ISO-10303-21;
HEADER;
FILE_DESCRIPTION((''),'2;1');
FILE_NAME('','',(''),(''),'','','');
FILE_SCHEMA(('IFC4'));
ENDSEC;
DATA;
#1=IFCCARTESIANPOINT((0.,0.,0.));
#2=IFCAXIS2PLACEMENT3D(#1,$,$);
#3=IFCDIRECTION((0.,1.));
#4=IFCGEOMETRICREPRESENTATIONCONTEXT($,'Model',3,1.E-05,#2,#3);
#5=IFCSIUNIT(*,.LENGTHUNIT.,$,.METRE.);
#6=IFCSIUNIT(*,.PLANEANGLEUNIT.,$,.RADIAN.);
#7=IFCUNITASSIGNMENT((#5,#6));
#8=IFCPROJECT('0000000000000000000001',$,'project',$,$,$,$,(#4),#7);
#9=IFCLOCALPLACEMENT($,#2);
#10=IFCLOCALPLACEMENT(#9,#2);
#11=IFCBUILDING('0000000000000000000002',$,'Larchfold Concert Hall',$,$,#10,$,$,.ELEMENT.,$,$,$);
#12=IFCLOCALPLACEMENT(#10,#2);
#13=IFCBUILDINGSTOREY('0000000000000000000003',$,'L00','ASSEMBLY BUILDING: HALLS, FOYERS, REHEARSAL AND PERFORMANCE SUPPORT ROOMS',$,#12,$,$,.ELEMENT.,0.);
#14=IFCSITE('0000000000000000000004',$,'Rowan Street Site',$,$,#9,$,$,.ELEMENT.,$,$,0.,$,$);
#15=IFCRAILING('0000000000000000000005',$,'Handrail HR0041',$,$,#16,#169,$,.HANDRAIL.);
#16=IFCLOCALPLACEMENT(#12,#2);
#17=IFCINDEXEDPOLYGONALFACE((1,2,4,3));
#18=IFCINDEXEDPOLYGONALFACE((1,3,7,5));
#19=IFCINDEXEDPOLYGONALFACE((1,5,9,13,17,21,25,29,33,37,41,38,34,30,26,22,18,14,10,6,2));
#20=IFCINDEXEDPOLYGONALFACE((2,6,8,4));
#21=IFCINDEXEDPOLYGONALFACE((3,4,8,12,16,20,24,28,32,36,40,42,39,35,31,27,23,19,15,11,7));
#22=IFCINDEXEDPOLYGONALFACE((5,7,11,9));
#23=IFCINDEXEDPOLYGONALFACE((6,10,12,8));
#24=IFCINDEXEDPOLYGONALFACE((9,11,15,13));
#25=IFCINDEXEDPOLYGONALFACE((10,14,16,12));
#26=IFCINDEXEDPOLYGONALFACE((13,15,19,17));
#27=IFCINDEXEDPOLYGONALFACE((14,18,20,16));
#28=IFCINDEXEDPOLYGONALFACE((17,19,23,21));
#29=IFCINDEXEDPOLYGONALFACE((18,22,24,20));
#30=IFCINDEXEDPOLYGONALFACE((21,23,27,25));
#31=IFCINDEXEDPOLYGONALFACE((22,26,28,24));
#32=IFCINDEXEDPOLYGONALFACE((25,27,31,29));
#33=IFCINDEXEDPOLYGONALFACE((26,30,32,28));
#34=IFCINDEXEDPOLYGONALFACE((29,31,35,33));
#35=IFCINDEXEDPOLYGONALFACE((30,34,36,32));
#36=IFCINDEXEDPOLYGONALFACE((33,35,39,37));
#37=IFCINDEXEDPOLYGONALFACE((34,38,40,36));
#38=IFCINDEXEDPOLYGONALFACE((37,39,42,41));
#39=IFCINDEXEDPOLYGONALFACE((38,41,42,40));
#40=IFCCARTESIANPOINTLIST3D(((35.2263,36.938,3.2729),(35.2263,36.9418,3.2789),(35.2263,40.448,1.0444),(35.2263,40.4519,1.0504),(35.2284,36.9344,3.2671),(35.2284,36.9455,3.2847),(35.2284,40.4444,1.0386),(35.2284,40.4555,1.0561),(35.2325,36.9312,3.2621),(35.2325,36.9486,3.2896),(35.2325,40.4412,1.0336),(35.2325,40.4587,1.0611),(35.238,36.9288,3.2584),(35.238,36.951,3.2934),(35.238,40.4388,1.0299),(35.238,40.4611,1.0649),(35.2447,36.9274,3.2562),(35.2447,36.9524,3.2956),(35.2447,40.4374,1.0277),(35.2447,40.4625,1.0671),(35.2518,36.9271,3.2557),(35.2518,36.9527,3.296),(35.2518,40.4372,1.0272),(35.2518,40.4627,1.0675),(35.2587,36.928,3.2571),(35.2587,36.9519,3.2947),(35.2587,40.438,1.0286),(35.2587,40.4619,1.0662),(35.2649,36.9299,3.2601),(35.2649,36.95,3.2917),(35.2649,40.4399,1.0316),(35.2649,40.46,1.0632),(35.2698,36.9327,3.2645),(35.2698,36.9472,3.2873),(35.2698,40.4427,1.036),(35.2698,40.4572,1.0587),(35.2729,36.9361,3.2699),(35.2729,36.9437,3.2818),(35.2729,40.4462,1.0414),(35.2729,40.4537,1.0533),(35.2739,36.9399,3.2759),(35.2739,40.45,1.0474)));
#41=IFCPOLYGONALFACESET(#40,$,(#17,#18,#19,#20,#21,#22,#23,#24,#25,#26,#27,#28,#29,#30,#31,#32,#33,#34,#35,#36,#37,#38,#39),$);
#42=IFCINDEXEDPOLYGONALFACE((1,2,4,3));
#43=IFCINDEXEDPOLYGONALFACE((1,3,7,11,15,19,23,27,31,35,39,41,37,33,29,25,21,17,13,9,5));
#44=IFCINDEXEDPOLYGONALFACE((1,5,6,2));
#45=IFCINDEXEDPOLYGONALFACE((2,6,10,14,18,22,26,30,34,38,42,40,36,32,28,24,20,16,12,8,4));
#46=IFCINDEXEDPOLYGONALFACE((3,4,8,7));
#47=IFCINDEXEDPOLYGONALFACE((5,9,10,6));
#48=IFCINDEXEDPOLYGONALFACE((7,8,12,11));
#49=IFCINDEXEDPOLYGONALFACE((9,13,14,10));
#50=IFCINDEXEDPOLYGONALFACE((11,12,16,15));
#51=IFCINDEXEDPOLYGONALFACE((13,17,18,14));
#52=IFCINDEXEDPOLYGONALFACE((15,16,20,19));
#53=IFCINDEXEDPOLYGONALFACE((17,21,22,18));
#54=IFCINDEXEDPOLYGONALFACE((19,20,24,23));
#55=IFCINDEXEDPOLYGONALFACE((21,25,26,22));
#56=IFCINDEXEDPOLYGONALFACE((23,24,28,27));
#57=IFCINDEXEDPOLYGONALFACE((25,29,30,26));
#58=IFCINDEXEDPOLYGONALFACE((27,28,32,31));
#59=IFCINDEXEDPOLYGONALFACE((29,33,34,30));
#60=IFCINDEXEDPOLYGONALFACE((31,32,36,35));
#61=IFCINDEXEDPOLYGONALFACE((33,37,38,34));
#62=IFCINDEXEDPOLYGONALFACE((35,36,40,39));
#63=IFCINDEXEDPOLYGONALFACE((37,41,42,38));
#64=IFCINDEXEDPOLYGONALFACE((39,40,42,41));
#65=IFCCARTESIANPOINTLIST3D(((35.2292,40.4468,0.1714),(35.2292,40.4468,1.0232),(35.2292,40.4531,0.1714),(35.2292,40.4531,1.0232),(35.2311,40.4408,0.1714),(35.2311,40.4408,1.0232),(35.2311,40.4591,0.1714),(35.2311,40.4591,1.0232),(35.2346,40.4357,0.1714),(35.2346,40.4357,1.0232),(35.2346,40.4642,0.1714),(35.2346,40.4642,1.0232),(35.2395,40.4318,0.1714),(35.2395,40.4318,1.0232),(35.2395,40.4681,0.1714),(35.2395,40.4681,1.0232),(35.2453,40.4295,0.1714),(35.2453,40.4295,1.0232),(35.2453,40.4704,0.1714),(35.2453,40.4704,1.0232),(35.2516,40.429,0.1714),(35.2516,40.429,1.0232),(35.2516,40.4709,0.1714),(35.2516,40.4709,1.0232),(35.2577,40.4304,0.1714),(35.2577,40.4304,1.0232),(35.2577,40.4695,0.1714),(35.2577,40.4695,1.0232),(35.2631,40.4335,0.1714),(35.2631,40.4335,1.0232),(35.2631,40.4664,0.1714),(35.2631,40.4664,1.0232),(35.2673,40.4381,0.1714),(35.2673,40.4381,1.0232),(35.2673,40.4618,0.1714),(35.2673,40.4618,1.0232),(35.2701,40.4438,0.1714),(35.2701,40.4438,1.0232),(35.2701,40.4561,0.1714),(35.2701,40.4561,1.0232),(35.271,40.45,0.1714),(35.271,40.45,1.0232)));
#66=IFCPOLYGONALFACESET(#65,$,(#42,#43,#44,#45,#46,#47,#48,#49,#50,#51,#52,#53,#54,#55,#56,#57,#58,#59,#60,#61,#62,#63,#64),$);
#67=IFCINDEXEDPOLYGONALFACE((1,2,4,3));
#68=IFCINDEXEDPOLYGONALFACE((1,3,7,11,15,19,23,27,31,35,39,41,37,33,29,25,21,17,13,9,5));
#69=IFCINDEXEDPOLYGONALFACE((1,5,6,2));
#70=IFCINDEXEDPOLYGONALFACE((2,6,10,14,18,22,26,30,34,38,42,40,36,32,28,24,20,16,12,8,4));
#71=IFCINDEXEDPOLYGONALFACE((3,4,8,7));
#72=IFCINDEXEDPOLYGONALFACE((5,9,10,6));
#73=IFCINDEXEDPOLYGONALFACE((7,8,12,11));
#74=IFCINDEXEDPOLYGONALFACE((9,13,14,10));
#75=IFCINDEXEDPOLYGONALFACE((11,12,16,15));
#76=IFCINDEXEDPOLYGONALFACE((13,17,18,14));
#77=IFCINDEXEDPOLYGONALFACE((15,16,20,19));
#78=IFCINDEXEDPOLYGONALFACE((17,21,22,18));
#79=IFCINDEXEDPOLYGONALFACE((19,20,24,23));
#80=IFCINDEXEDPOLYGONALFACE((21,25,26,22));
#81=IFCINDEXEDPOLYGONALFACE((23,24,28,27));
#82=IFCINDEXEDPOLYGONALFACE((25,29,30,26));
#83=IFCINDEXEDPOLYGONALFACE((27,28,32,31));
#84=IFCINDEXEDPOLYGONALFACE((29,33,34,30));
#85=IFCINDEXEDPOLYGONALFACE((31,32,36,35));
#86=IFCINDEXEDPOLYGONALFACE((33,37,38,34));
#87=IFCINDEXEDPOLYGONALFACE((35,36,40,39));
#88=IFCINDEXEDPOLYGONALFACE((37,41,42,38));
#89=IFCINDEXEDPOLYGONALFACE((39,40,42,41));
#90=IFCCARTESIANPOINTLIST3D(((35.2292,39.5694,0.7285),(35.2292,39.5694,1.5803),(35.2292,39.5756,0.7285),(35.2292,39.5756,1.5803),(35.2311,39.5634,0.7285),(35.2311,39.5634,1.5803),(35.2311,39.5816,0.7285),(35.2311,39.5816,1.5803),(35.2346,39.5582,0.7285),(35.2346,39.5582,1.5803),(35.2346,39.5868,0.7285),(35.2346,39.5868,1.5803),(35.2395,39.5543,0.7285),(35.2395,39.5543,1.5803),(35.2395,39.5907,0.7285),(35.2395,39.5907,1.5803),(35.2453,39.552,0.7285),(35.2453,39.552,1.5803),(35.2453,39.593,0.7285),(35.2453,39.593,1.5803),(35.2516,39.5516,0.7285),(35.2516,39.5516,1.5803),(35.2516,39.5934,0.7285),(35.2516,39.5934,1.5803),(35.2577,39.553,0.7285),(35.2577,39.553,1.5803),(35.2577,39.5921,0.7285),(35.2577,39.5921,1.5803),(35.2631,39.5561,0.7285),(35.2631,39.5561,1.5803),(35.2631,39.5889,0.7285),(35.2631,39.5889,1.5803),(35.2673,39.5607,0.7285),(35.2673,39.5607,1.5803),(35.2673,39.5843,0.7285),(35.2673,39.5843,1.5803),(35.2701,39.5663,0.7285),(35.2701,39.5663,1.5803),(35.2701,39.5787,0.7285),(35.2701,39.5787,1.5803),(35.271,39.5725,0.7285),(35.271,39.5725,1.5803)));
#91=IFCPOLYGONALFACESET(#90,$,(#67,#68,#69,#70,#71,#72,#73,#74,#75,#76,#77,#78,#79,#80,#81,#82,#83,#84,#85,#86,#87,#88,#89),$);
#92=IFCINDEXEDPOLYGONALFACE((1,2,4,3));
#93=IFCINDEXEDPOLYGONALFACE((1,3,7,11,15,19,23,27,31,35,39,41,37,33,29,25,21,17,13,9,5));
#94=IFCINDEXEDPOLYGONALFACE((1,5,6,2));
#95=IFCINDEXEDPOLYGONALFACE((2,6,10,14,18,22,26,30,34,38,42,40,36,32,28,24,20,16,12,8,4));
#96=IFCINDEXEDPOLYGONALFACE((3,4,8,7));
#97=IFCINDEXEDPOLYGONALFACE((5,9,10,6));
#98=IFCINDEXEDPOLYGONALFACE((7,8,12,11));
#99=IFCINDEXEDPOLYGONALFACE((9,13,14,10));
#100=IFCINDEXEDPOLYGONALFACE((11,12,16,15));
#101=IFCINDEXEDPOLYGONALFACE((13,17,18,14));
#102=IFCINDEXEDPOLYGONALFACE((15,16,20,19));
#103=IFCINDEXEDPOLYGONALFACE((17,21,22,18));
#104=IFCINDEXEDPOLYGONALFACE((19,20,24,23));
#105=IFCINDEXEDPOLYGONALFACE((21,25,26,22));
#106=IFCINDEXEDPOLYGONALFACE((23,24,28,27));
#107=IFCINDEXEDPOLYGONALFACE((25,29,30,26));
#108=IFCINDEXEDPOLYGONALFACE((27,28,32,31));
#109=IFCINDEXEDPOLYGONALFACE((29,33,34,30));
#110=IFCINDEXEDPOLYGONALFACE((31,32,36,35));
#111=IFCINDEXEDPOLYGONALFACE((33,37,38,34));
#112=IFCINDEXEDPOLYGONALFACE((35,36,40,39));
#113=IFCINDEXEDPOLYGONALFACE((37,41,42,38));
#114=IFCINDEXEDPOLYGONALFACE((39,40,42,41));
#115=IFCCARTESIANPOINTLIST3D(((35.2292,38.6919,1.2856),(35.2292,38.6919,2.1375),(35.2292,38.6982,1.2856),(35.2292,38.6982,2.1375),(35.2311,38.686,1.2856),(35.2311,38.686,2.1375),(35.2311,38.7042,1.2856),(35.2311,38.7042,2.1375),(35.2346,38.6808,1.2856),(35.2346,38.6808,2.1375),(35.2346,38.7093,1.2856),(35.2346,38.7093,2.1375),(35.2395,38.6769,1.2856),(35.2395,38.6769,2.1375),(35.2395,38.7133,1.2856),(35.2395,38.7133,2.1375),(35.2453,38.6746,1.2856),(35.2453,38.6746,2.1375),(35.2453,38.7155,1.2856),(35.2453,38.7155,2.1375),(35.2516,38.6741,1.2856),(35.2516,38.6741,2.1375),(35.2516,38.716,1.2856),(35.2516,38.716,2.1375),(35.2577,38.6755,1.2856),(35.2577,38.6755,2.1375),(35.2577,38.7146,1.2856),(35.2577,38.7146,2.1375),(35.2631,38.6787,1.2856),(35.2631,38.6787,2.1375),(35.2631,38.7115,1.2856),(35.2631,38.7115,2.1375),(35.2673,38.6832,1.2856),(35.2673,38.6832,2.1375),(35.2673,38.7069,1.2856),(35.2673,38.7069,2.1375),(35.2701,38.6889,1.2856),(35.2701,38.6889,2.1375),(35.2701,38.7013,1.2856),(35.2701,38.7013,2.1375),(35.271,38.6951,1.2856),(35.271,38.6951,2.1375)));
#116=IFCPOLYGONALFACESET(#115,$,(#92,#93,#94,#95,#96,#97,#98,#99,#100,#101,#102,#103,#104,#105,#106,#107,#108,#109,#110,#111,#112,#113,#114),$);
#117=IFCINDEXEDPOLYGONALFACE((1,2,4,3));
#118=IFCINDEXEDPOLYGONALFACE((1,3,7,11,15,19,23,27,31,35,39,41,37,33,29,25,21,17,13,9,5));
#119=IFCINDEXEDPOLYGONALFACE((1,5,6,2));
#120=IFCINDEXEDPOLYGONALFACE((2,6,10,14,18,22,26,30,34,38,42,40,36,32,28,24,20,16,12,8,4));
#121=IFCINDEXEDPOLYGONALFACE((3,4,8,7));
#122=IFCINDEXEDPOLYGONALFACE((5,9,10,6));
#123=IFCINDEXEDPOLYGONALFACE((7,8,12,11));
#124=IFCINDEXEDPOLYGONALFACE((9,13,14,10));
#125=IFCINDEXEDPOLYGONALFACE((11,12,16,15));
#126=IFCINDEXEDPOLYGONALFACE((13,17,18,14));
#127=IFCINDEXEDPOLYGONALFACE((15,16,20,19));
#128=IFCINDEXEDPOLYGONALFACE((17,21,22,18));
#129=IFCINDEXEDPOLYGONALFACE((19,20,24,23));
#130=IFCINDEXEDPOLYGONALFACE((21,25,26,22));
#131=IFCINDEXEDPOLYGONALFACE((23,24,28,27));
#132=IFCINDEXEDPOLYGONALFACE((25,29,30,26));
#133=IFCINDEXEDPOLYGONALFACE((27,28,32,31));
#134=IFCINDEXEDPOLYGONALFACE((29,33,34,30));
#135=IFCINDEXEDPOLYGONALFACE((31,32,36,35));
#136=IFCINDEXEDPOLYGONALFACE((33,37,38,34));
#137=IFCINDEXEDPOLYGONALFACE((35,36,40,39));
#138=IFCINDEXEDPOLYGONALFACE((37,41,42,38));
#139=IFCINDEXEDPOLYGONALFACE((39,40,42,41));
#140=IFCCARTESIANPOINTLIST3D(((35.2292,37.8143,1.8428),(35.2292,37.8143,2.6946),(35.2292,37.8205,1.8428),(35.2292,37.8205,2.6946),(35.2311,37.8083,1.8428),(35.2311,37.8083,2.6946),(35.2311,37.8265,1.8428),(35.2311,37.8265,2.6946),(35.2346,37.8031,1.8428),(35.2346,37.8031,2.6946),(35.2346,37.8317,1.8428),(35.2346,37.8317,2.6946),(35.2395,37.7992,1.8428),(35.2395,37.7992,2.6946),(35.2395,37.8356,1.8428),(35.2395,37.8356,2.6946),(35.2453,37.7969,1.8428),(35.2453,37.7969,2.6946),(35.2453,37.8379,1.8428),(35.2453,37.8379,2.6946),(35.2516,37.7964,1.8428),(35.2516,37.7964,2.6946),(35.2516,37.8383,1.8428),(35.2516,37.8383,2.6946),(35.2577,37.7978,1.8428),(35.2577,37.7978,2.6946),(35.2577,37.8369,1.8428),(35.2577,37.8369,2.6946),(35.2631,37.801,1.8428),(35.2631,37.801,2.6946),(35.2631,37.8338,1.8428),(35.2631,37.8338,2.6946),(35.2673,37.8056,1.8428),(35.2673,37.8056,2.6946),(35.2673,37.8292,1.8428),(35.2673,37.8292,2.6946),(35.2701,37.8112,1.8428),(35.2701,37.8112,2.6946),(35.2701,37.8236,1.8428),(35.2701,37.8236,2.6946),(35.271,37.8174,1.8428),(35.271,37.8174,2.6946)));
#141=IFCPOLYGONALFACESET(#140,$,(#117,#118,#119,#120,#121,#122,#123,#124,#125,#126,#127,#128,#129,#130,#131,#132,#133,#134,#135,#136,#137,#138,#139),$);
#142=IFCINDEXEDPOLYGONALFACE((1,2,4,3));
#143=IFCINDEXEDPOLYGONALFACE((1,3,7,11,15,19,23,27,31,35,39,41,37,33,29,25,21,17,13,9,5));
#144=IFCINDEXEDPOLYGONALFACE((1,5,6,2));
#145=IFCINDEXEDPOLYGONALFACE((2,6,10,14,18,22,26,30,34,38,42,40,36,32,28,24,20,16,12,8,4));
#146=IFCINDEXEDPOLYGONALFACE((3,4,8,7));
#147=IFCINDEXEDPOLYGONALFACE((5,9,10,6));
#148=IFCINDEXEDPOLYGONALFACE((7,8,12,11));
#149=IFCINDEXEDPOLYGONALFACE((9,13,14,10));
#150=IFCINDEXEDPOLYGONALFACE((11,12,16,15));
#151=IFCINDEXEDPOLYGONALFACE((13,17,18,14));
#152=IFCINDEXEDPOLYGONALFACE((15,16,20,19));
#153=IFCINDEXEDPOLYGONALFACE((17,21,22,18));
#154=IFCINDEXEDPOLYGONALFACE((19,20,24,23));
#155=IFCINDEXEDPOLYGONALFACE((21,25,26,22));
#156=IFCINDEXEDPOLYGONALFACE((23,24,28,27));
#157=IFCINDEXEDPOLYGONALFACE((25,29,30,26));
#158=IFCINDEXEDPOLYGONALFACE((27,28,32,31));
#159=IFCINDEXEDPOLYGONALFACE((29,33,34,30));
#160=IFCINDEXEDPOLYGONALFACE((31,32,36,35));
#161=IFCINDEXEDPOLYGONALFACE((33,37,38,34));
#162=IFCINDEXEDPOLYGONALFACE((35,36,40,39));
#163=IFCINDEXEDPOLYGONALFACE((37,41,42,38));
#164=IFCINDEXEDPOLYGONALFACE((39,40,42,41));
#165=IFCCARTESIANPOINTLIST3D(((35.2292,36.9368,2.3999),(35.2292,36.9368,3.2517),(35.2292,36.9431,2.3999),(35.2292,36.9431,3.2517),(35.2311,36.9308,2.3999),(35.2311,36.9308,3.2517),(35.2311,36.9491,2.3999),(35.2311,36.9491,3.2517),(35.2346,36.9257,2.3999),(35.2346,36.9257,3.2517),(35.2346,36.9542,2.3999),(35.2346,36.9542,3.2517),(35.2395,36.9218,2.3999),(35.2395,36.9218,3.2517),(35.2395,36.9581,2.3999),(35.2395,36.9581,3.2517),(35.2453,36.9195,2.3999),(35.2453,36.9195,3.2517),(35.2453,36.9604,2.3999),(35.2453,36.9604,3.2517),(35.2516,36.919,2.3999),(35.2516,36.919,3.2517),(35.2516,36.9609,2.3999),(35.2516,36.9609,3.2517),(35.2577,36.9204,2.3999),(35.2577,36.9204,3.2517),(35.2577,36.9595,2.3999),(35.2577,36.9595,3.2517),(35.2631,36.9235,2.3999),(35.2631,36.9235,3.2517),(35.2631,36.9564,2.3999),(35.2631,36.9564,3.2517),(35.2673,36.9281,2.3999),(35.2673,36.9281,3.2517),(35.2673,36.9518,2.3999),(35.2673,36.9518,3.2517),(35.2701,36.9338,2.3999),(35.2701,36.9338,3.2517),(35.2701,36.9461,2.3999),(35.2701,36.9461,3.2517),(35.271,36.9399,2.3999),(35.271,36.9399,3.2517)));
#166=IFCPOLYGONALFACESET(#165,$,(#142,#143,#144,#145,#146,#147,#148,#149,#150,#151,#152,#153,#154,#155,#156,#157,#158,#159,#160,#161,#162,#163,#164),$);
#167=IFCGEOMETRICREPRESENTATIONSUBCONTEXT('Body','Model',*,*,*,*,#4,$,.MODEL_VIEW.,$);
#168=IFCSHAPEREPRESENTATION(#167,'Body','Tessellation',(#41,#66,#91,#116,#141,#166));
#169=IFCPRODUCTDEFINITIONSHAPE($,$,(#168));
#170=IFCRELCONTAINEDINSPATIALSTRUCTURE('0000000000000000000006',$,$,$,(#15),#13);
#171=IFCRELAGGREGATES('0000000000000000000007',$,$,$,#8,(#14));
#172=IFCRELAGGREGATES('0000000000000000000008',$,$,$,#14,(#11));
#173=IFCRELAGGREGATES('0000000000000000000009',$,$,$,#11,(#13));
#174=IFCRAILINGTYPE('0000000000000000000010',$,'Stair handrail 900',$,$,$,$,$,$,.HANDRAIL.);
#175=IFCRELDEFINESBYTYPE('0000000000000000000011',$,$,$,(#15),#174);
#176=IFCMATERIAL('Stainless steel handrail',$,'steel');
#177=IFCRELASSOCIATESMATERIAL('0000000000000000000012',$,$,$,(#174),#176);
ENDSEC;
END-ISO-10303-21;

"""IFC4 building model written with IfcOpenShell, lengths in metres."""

from ifc_helpers import new_model, si_unit, direction, frame, origin, origin_2d, place, context, subcontext, project, spatial, circle, extrude, material, type_object, element, save


model = new_model("IFC4")

# Units and contexts
model_context = context("Model", 3, precision=1e-05, world=origin(), true_north=direction((0.0, 1.0)))
body_context = subcontext(model_context, "Body", "Model", "MODEL_VIEW")
ifc_project = project(units=[si_unit("LENGTHUNIT", "METRE"), si_unit("PLANEANGLEUNIT", "RADIAN")], contexts=[model_context])

# Site, building, storey
site_placement = place(None, origin())
site = spatial("IfcSite", under=ifc_project, at=site_placement, Name="Rowan Street Site", CompositionType="ELEMENT", RefElevation=0.0)
building_placement = place(site_placement, origin())
building = spatial("IfcBuilding", under=site, at=building_placement, Name="Larchfold Concert Hall", CompositionType="ELEMENT")
storey_placement = place(building_placement, origin())
storey = spatial("IfcBuildingStorey", under=building, at=storey_placement, Name="L00", Description="ASSEMBLY BUILDING: HALLS, FOYERS, REHEARSAL AND PERFORMANCE SUPPORT ROOMS", CompositionType="ELEMENT", Elevation=0.0)

# Railing
ifc_material_1 = material(Name="Stainless steel handrail", Category="steel")
railing_type_1 = type_object("IfcRailingType", Name="Stair handrail 900", PredefinedType="HANDRAIL", material=ifc_material_1)
railing_1_placement = place(storey_placement, frame((35.25, 40.45, 0.1714)))
element("IfcRailing", 1, at=railing_1_placement, inside=storey, type_object=railing_type_1, Name="Handrail HR0041", PredefinedType="HANDRAIL", context=body_context, shape_type="SweptSolid", body=[
    extrude(circle(Radius=0.0239, at=origin_2d()), frame((0.0, 0.0, 0.876), z_axis=(0.0, -0.84422, 0.535998), x_axis=(1.0, 0.0, 0.0)), (0.0, 0.0, 1.0), 4.1577),
    extrude(circle(Radius=0.021, at=origin_2d()), origin(), (0.0, 0.0, 1.0), 0.8518),
    extrude(circle(Radius=0.021, at=origin_2d()), frame((0.0, -0.8774, 0.5571)), (0.0, 0.0, 1.0), 0.8518),
    extrude(circle(Radius=0.021, at=origin_2d()), frame((0.0, -1.7549, 1.1143)), (0.0, 0.0, 1.0), 0.8518),
    extrude(circle(Radius=0.021, at=origin_2d()), frame((0.0, -2.6326, 1.6714)), (0.0, 0.0, 1.0), 0.8518),
    extrude(circle(Radius=0.021, at=origin_2d()), frame((0.0, -3.51, 2.2285)), (0.0, 0.0, 1.0), 0.8518),
])

save(model, "model.ifc")
